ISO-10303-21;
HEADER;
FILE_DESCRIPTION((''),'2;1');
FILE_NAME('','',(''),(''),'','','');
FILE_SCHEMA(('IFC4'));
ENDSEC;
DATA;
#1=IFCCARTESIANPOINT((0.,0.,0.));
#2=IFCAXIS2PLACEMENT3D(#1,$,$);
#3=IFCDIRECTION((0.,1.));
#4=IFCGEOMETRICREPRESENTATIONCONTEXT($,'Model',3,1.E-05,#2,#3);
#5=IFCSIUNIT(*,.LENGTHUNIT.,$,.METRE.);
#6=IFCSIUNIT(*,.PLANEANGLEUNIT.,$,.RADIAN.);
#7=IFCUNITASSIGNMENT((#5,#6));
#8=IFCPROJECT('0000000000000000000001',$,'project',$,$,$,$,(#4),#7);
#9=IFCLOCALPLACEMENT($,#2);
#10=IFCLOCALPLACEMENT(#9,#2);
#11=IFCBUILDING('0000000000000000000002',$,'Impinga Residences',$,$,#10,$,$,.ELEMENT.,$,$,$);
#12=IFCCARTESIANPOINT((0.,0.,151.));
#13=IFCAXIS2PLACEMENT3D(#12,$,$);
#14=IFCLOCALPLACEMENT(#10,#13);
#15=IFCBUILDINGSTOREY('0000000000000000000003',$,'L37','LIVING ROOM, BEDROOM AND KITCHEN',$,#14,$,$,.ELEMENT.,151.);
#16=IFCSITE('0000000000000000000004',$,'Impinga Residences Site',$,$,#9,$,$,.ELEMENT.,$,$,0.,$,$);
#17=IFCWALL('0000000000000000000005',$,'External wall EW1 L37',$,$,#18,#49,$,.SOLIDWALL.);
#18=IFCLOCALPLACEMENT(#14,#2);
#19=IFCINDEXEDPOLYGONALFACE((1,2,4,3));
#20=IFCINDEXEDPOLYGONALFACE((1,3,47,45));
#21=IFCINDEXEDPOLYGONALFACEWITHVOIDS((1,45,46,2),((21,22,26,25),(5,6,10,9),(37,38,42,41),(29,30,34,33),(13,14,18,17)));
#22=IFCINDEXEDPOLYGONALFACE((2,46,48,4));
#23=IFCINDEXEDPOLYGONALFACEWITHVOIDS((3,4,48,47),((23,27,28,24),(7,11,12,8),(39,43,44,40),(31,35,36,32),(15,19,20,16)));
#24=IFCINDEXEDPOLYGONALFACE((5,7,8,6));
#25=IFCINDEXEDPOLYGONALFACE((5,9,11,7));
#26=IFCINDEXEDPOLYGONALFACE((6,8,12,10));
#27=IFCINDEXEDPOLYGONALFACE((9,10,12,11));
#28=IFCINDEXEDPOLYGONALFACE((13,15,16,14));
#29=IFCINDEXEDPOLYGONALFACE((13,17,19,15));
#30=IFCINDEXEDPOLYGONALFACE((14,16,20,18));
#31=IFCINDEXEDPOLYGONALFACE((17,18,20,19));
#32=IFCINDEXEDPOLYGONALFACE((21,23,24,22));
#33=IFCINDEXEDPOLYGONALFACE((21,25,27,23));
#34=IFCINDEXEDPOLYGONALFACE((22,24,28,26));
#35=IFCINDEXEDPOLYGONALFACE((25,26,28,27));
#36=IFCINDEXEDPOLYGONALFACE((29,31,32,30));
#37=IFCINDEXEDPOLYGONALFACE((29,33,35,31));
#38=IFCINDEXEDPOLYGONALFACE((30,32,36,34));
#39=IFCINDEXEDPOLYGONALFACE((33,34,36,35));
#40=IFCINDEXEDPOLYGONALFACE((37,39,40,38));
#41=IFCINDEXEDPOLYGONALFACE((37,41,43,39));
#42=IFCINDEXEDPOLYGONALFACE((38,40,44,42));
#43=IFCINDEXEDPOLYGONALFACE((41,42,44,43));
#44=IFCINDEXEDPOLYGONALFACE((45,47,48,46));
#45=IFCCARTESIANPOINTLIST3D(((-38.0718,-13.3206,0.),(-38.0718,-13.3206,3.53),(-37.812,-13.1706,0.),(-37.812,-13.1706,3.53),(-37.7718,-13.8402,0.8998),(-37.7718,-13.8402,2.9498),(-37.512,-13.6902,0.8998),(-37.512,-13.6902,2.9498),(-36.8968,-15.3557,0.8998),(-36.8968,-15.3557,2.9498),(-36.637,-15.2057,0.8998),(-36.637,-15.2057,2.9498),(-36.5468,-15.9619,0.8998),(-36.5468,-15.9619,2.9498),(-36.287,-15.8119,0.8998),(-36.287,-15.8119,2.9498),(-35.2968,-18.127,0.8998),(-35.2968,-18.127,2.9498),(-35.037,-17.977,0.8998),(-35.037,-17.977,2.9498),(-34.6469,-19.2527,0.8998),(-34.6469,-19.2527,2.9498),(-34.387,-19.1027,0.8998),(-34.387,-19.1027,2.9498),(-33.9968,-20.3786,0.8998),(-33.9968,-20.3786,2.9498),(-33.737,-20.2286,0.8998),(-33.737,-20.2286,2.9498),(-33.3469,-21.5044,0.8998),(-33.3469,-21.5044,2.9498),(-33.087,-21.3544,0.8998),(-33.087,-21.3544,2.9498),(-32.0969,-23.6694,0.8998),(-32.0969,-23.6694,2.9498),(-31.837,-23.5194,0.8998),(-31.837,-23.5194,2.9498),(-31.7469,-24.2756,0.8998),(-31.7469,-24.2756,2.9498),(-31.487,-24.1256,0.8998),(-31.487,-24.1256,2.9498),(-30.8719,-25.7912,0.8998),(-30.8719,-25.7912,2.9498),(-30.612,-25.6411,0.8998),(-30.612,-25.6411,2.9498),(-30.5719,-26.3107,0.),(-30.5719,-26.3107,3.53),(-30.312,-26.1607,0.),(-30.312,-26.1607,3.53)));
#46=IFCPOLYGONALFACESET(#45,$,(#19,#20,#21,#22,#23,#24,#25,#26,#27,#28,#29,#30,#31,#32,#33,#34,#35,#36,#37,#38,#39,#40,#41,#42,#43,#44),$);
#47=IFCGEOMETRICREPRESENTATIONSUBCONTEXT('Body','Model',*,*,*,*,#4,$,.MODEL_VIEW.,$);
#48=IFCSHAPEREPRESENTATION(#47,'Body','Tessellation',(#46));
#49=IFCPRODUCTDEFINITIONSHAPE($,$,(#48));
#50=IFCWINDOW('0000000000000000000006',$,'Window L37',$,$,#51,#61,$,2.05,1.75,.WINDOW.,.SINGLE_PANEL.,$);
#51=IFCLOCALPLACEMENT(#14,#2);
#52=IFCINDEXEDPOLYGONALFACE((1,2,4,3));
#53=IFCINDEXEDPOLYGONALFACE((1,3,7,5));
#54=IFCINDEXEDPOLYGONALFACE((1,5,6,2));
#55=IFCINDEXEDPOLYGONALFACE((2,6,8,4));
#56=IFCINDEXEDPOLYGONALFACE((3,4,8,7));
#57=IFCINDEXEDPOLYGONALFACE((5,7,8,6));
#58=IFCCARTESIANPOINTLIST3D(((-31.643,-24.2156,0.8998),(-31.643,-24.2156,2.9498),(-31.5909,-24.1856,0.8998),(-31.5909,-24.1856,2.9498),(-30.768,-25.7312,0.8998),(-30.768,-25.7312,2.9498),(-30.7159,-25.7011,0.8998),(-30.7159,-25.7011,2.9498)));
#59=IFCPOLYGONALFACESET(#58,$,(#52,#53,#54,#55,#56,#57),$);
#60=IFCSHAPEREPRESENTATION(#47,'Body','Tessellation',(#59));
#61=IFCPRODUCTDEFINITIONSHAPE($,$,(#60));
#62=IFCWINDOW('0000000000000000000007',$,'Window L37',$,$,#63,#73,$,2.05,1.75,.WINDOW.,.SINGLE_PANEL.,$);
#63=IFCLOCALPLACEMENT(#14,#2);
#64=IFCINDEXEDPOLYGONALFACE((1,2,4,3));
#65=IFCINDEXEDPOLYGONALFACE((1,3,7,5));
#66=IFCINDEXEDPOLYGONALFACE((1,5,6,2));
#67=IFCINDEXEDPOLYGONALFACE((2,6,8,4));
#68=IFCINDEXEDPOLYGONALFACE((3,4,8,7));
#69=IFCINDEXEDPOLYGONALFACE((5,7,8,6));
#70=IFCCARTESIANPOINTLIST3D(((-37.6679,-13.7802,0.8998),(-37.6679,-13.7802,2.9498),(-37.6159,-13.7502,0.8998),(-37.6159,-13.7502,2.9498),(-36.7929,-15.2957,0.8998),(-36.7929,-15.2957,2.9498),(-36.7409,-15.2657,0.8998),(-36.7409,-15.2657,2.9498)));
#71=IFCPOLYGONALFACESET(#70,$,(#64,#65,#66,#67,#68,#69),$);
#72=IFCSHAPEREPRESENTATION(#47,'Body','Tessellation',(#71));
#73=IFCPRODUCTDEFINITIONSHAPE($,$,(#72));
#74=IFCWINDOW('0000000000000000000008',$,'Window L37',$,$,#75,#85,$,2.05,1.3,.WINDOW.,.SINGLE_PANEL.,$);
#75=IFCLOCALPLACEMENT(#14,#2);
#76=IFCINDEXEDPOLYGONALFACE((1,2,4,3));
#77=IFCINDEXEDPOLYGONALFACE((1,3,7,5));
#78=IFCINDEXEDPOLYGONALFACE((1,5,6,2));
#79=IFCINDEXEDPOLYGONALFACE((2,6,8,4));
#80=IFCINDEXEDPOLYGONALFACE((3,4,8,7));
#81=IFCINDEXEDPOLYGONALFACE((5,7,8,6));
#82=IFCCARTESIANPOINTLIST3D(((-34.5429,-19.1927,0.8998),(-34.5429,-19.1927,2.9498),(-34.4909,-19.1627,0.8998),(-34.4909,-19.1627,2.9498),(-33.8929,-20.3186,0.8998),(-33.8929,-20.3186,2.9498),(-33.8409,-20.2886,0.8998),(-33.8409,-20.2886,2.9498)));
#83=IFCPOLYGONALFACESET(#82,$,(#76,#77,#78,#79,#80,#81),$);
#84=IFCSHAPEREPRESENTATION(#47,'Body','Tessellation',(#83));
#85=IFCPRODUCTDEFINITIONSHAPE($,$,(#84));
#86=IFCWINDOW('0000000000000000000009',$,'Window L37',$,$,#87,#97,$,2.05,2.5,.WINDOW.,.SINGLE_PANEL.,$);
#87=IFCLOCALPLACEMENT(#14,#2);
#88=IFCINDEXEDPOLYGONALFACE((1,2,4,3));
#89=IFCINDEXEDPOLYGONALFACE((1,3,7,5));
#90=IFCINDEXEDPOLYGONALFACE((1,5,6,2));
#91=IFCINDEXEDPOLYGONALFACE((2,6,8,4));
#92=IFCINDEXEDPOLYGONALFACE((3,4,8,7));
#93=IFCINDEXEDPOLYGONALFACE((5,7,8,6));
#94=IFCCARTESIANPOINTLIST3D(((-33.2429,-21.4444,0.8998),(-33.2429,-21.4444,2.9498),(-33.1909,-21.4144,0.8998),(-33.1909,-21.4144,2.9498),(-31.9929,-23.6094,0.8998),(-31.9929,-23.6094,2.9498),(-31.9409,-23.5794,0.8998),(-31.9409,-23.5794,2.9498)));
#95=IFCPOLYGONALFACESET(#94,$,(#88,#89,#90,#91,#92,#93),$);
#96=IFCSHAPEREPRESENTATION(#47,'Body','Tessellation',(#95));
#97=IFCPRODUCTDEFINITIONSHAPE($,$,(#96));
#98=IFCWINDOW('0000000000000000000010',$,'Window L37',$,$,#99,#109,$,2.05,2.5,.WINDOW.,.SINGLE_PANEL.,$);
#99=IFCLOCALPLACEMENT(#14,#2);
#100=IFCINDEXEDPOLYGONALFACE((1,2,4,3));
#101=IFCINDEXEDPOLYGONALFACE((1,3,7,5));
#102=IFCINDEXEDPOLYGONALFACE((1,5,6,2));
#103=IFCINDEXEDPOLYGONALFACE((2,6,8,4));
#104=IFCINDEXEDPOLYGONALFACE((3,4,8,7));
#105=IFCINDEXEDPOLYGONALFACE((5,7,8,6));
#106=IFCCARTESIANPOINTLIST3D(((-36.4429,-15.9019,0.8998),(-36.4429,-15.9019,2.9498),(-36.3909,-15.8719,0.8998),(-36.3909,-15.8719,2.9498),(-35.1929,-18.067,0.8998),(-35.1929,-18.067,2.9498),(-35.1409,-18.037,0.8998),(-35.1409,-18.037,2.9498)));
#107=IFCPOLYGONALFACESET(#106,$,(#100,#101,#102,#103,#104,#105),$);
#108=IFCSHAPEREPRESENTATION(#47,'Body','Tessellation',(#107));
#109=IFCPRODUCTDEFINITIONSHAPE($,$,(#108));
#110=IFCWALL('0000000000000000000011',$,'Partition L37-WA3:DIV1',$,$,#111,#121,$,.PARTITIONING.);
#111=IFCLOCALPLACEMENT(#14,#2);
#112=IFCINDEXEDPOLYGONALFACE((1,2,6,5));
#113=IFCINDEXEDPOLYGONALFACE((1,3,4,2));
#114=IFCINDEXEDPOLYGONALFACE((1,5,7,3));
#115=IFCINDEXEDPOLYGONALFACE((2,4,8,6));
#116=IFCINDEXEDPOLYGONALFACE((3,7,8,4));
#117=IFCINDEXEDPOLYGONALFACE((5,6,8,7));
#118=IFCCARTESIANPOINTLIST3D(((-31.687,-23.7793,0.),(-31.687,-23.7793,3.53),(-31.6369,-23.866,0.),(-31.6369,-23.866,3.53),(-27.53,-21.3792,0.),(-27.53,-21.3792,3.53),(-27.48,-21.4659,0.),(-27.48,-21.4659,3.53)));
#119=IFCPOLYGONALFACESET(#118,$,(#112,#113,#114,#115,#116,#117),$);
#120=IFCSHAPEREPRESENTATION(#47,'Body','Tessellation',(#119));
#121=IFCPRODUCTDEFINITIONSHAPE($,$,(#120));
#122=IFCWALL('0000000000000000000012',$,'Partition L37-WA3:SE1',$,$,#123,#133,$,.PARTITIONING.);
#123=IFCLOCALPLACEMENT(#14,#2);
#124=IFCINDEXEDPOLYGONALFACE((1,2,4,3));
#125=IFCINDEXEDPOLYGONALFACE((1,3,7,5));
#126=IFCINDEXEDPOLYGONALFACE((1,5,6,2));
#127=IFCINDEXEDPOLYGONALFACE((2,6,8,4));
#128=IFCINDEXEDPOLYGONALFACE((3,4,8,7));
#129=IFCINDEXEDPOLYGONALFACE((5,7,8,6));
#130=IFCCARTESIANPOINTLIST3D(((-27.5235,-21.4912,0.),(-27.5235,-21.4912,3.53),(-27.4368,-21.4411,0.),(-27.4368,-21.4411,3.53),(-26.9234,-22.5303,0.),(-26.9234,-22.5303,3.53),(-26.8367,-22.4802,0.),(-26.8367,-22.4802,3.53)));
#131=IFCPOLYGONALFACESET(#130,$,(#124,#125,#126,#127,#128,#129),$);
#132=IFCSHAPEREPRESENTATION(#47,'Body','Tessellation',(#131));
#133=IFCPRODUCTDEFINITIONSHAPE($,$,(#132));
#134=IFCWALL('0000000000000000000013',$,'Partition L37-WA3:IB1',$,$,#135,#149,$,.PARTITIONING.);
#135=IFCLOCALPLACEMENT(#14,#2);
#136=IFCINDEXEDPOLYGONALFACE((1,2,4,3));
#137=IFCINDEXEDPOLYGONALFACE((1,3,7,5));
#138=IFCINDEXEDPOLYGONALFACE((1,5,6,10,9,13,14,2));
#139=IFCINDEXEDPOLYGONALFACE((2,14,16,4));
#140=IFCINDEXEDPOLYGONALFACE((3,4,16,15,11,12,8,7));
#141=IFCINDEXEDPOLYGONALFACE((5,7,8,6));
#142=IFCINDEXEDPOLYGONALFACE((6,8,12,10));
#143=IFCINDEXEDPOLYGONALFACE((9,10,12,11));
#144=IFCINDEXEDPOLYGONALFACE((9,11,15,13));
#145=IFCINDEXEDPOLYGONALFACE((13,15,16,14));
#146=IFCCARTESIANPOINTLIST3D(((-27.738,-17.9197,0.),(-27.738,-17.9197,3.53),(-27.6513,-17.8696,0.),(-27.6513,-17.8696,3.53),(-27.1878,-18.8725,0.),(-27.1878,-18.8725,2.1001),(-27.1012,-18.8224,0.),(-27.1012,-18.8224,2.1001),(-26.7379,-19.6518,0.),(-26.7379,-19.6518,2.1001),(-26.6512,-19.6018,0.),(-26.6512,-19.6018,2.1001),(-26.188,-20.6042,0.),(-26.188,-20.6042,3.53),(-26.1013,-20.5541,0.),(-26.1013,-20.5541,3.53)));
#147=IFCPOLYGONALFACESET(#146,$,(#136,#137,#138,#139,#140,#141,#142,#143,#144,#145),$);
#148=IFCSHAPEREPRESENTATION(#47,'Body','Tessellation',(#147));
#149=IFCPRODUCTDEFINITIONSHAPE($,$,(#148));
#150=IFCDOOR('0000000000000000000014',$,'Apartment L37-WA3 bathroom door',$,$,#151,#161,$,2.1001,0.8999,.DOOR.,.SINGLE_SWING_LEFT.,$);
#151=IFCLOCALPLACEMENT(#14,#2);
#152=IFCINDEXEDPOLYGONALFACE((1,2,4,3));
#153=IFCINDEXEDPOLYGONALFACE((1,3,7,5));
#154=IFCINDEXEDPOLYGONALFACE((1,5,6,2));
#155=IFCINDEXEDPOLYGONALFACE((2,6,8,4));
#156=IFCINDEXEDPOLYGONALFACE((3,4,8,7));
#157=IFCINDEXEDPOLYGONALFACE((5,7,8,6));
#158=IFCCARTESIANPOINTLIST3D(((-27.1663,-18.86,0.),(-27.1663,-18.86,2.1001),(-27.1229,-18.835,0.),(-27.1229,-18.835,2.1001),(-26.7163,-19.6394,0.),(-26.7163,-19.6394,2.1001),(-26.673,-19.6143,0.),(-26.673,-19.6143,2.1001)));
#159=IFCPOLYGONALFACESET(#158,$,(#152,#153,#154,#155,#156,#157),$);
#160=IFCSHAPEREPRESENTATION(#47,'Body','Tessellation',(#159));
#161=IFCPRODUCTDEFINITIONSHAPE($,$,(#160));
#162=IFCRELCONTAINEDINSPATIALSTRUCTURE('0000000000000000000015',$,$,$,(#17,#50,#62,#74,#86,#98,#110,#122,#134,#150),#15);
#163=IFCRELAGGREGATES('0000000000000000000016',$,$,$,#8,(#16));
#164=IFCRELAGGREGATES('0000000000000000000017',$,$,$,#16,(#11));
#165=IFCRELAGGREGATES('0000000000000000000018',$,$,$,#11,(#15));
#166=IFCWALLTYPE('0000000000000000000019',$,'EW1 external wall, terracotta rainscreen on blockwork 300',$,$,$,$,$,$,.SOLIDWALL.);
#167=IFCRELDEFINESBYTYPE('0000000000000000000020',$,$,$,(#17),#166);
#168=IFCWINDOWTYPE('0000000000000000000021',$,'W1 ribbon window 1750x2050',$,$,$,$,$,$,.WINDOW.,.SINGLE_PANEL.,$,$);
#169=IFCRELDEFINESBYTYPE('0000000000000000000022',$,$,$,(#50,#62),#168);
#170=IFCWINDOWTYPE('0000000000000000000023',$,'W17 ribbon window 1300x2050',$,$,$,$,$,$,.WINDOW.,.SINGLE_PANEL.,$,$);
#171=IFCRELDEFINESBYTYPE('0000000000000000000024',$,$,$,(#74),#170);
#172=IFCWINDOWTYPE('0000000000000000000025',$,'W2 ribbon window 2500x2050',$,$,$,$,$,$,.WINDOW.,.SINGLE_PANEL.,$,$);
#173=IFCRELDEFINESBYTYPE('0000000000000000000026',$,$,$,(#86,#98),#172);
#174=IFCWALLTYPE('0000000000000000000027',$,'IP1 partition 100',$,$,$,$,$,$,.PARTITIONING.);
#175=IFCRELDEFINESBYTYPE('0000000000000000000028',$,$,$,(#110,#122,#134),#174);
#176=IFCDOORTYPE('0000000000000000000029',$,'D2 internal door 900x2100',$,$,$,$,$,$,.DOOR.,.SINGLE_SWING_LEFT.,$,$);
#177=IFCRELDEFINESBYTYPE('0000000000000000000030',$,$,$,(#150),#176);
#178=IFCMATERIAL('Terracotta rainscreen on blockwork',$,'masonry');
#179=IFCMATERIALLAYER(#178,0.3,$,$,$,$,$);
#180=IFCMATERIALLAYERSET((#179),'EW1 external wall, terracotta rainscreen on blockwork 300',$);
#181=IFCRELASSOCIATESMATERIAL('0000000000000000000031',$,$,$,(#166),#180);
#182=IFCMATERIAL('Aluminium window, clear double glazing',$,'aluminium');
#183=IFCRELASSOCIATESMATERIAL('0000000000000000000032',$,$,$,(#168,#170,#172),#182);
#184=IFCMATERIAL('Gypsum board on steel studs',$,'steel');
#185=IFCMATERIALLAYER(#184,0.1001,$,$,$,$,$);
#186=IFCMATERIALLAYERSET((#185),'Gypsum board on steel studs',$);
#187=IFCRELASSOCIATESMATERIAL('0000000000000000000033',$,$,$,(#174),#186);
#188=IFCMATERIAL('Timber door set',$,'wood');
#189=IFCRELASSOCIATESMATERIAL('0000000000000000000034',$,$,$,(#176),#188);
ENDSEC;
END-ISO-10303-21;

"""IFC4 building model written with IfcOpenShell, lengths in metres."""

from ifc_helpers import new_model, si_unit, direction, frame, frame_2d, origin, place, context, subcontext, project, spatial, rectangle, extrude, material, layer, layer_set, type_object, element, fill, save


model = new_model("IFC4")

# Units and contexts
model_context = context("Model", 3, precision=1e-05, world=origin(), true_north=direction((0.0, 1.0)))
body_context = subcontext(model_context, "Body", "Model", "MODEL_VIEW")
ifc_project = project(units=[si_unit("LENGTHUNIT", "METRE"), si_unit("PLANEANGLEUNIT", "RADIAN")], contexts=[model_context])

# Site, building, storey
site_placement = place(None, origin())
site = spatial("IfcSite", under=ifc_project, at=site_placement, Name="Impinga Residences Site", CompositionType="ELEMENT", RefElevation=0.0)
building_placement = place(site_placement, origin())
building = spatial("IfcBuilding", under=site, at=building_placement, Name="Impinga Residences", CompositionType="ELEMENT")
storey_placement = place(building_placement, frame((0.0, 0.0, 151.0)))
storey = spatial("IfcBuildingStorey", under=building, at=storey_placement, Name="L37", Description="LIVING ROOM, BEDROOM AND KITCHEN", CompositionType="ELEMENT", Elevation=151.0)

# Shared definitions
ifc_material_1 = material(Name="Terracotta rainscreen on blockwork", Category="masonry")
ifc_layer_1 = layer(ifc_material_1, 0.3)
ifc_layer_set_1 = layer_set([ifc_layer_1], Name="EW1 external wall, terracotta rainscreen on blockwork 300")
wall_type_1 = type_object("IfcWallType", Name="EW1 external wall, terracotta rainscreen on blockwork 300", PredefinedType="SOLIDWALL", material=ifc_layer_set_1)

# Wall, openings, windows
wall_1_placement = place(storey_placement, frame((-30.4419, -26.2358, 0.0), z_axis=(0.0, 0.0, 1.0), x_axis=(-0.500004, 0.866023, 0.0)))
wall_1 = element("IfcWall", 1, at=wall_1_placement, inside=storey, type_object=wall_type_1, Name="External wall EW1 L37", PredefinedType="SOLIDWALL", context=body_context, shape_type="SweptSolid", body=[
    extrude(rectangle(XDim=14.9998, YDim=0.3, at=frame_2d((7.5, 0.0))), origin(), (0.0, 0.0, 1.0), 3.53),
])
opening_1_placement = place(wall_1_placement, frame((0.6001, 0.0, 0.8999)))
opening_1 = element("IfcOpeningElement", 2, at=opening_1_placement, cuts=wall_1, PredefinedType="OPENING", context=body_context, shape_type="SweptSolid", body=[
    extrude(rectangle(XDim=1.75, YDim=2.05, at=frame_2d((0.875, 1.0249))), frame((0.0, 0.1599, 0.0), z_axis=(0.0, -1.0, 0.0), x_axis=(1.0, 0.0, 0.0)), (0.0, 0.0, 1.0), 0.3201),
])
opening_2_placement = place(wall_1_placement, frame((3.05, 0.0, 0.8999)))
opening_2 = element("IfcOpeningElement", 3, at=opening_2_placement, cuts=wall_1, PredefinedType="OPENING", context=body_context, shape_type="SweptSolid", body=[
    extrude(rectangle(XDim=2.5, YDim=2.05, at=frame_2d((1.25, 1.0249))), frame((0.0, 0.1599, 0.0), z_axis=(0.0, -1.0, 0.0), x_axis=(1.0, 0.0, 0.0)), (0.0, 0.0, 1.0), 0.3201),
])
opening_3_placement = place(wall_1_placement, frame((6.8501, 0.0, 0.8999)))
opening_3 = element("IfcOpeningElement", 4, at=opening_3_placement, cuts=wall_1, PredefinedType="OPENING", context=body_context, shape_type="SweptSolid", body=[
    extrude(rectangle(XDim=1.3, YDim=2.05, at=frame_2d((0.6499, 1.0249))), frame((0.0, 0.1599, 0.0), z_axis=(0.0, -1.0, 0.0), x_axis=(1.0, 0.0, 0.0)), (0.0, 0.0, 1.0), 0.3201),
])
opening_4_placement = place(wall_1_placement, frame((9.45, 0.0, 0.8999)))
opening_4 = element("IfcOpeningElement", 5, at=opening_4_placement, cuts=wall_1, PredefinedType="OPENING", context=body_context, shape_type="SweptSolid", body=[
    extrude(rectangle(XDim=2.5, YDim=2.05, at=frame_2d((1.25, 1.0249))), frame((0.0, 0.1599, 0.0), z_axis=(0.0, -1.0, 0.0), x_axis=(1.0, 0.0, 0.0)), (0.0, 0.0, 1.0), 0.3201),
])
opening_5_placement = place(wall_1_placement, frame((12.6499, 0.0, 0.8999)))
opening_5 = element("IfcOpeningElement", 6, at=opening_5_placement, cuts=wall_1, PredefinedType="OPENING", context=body_context, shape_type="SweptSolid", body=[
    extrude(rectangle(XDim=1.75, YDim=2.05, at=frame_2d((0.875, 1.0249))), frame((0.0, 0.1599, 0.0), z_axis=(0.0, -1.0, 0.0), x_axis=(1.0, 0.0, 0.0)), (0.0, 0.0, 1.0), 0.3201),
])
ifc_material_2 = material(Name="Aluminium window, clear double glazing", Category="aluminium")
window_type_1 = type_object("IfcWindowType", Name="W1 ribbon window 1750x2050", PartitioningType="SINGLE_PANEL", PredefinedType="WINDOW", material=ifc_material_2)
window_1_placement = place(opening_1_placement, origin())
window_1 = element("IfcWindow", 7, at=window_1_placement, inside=storey, type_object=window_type_1, Name="Window L37", OverallHeight=2.05, OverallWidth=1.75, PartitioningType="SINGLE_PANEL", PredefinedType="WINDOW", context=body_context, shape_type="SweptSolid", body=[
    extrude(rectangle(XDim=1.75, YDim=2.05, at=frame_2d((0.875, 1.0249))), frame((0.0, 0.03, 0.0), z_axis=(0.0, -1.0, 0.0), x_axis=(1.0, 0.0, 0.0)), (0.0, 0.0, 1.0), 0.0601),
])
fill(opening_1, window_1)
window_2_placement = place(opening_5_placement, origin())
window_2 = element("IfcWindow", 8, at=window_2_placement, inside=storey, type_object=window_type_1, Name="Window L37", OverallHeight=2.05, OverallWidth=1.75, PartitioningType="SINGLE_PANEL", PredefinedType="WINDOW", context=body_context, shape_type="SweptSolid", body=[
    extrude(rectangle(XDim=1.75, YDim=2.05, at=frame_2d((0.875, 1.0249))), frame((0.0, 0.03, 0.0), z_axis=(0.0, -1.0, 0.0), x_axis=(1.0, 0.0, 0.0)), (0.0, 0.0, 1.0), 0.0601),
])
fill(opening_5, window_2)
window_type_2 = type_object("IfcWindowType", Name="W17 ribbon window 1300x2050", PartitioningType="SINGLE_PANEL", PredefinedType="WINDOW", material=ifc_material_2)
window_3_placement = place(opening_3_placement, origin())
window_3 = element("IfcWindow", 9, at=window_3_placement, inside=storey, type_object=window_type_2, Name="Window L37", OverallHeight=2.05, OverallWidth=1.3, PartitioningType="SINGLE_PANEL", PredefinedType="WINDOW", context=body_context, shape_type="SweptSolid", body=[
    extrude(rectangle(XDim=1.3, YDim=2.05, at=frame_2d((0.6499, 1.0249))), frame((0.0, 0.03, 0.0), z_axis=(0.0, -1.0, 0.0), x_axis=(1.0, 0.0, 0.0)), (0.0, 0.0, 1.0), 0.0601),
])
fill(opening_3, window_3)
window_type_3 = type_object("IfcWindowType", Name="W2 ribbon window 2500x2050", PartitioningType="SINGLE_PANEL", PredefinedType="WINDOW", material=ifc_material_2)
window_4_placement = place(opening_2_placement, origin())
window_4 = element("IfcWindow", 10, at=window_4_placement, inside=storey, type_object=window_type_3, Name="Window L37", OverallHeight=2.05, OverallWidth=2.5, PartitioningType="SINGLE_PANEL", PredefinedType="WINDOW", context=body_context, shape_type="SweptSolid", body=[
    extrude(rectangle(XDim=2.5, YDim=2.05, at=frame_2d((1.25, 1.0249))), frame((0.0, 0.03, 0.0), z_axis=(0.0, -1.0, 0.0), x_axis=(1.0, 0.0, 0.0)), (0.0, 0.0, 1.0), 0.0601),
])
fill(opening_2, window_4)
window_5_placement = place(opening_4_placement, origin())
window_5 = element("IfcWindow", 11, at=window_5_placement, inside=storey, type_object=window_type_3, Name="Window L37", OverallHeight=2.05, OverallWidth=2.5, PartitioningType="SINGLE_PANEL", PredefinedType="WINDOW", context=body_context, shape_type="SweptSolid", body=[
    extrude(rectangle(XDim=2.5, YDim=2.05, at=frame_2d((1.25, 1.0249))), frame((0.0, 0.03, 0.0), z_axis=(0.0, -1.0, 0.0), x_axis=(1.0, 0.0, 0.0)), (0.0, 0.0, 1.0), 0.0601),
])
fill(opening_4, window_5)

# Walls
ifc_material_3 = material(Name="Gypsum board on steel studs", Category="steel")
ifc_layer_2 = layer(ifc_material_3, 0.1001)
ifc_layer_set_2 = layer_set([ifc_layer_2], Name="Gypsum board on steel studs")
wall_type_2 = type_object("IfcWallType", Name="IP1 partition 100", PredefinedType="PARTITIONING", material=ifc_layer_set_2)
wall_2_placement = place(storey_placement, frame((-27.5051, -21.4226, 0.0), z_axis=(0.0, 0.0, 1.0), x_axis=(-0.866015, -0.500017, 0.0)))
element("IfcWall", 12, at=wall_2_placement, inside=storey, type_object=wall_type_2, Name="Partition L37-WA3:DIV1", PredefinedType="PARTITIONING", context=body_context, shape_type="SweptSolid", body=[
    extrude(rectangle(XDim=4.8, YDim=0.1001, at=frame_2d((2.3999, 0.0))), origin(), (0.0, 0.0, 1.0), 3.53),
])
wall_3_placement = place(storey_placement, frame((-27.4802, -21.4661, 0.0), z_axis=(0.0, 0.0, 1.0), x_axis=(0.500122, -0.865955, 0.0)))
element("IfcWall", 13, at=wall_3_placement, inside=storey, type_object=wall_type_2, Name="Partition L37-WA3:SE1", PredefinedType="PARTITIONING", context=body_context, shape_type="SweptSolid", body=[
    extrude(rectangle(XDim=1.2, YDim=0.1001, at=frame_2d((0.6001, 0.0))), origin(), (0.0, 0.0, 1.0), 3.53),
])

# Wall, opening, door
wall_4_placement = place(storey_placement, frame((-27.6946, -17.8948, 0.0), z_axis=(0.0, 0.0, 1.0), x_axis=(0.500027, -0.86601, 0.0)))
wall_4 = element("IfcWall", 14, at=wall_4_placement, inside=storey, type_object=wall_type_2, Name="Partition L37-WA3:IB1", PredefinedType="PARTITIONING", context=body_context, shape_type="SweptSolid", body=[
    extrude(rectangle(XDim=3.0999, YDim=0.1001, at=frame_2d((1.5498, 0.0))), origin(), (0.0, 0.0, 1.0), 3.53),
])
opening_6_placement = place(wall_4_placement, frame((1.1001, 0.0, 0.0)))
opening_6 = element("IfcOpeningElement", 15, at=opening_6_placement, cuts=wall_4, PredefinedType="OPENING", context=body_context, shape_type="SweptSolid", body=[
    extrude(rectangle(XDim=0.8999, YDim=2.1001, at=frame_2d((0.45, 1.05))), frame((0.0, 0.0601, 0.0), z_axis=(0.0, -1.0, 0.0), x_axis=(1.0, 0.0, 0.0)), (0.0, 0.0, 1.0), 0.1201),
])
ifc_material_4 = material(Name="Timber door set", Category="wood")
door_type = type_object("IfcDoorType", Name="D2 internal door 900x2100", OperationType="SINGLE_SWING_LEFT", PredefinedType="DOOR", material=ifc_material_4)
door_placement = place(opening_6_placement, origin())
door = element("IfcDoor", 16, at=door_placement, inside=storey, type_object=door_type, Name="Apartment L37-WA3 bathroom door", OperationType="SINGLE_SWING_LEFT", OverallHeight=2.1001, OverallWidth=0.8999, PredefinedType="DOOR", context=body_context, shape_type="SweptSolid", body=[
    extrude(rectangle(XDim=0.8999, YDim=2.1001, at=frame_2d((0.45, 1.05))), frame((0.0, 0.0249, 0.0), z_axis=(0.0, -1.0, 0.0), x_axis=(1.0, 0.0, 0.0)), (0.0, 0.0, 1.0), 0.05),
])
fill(opening_6, door)

save(model, "model.ifc")
